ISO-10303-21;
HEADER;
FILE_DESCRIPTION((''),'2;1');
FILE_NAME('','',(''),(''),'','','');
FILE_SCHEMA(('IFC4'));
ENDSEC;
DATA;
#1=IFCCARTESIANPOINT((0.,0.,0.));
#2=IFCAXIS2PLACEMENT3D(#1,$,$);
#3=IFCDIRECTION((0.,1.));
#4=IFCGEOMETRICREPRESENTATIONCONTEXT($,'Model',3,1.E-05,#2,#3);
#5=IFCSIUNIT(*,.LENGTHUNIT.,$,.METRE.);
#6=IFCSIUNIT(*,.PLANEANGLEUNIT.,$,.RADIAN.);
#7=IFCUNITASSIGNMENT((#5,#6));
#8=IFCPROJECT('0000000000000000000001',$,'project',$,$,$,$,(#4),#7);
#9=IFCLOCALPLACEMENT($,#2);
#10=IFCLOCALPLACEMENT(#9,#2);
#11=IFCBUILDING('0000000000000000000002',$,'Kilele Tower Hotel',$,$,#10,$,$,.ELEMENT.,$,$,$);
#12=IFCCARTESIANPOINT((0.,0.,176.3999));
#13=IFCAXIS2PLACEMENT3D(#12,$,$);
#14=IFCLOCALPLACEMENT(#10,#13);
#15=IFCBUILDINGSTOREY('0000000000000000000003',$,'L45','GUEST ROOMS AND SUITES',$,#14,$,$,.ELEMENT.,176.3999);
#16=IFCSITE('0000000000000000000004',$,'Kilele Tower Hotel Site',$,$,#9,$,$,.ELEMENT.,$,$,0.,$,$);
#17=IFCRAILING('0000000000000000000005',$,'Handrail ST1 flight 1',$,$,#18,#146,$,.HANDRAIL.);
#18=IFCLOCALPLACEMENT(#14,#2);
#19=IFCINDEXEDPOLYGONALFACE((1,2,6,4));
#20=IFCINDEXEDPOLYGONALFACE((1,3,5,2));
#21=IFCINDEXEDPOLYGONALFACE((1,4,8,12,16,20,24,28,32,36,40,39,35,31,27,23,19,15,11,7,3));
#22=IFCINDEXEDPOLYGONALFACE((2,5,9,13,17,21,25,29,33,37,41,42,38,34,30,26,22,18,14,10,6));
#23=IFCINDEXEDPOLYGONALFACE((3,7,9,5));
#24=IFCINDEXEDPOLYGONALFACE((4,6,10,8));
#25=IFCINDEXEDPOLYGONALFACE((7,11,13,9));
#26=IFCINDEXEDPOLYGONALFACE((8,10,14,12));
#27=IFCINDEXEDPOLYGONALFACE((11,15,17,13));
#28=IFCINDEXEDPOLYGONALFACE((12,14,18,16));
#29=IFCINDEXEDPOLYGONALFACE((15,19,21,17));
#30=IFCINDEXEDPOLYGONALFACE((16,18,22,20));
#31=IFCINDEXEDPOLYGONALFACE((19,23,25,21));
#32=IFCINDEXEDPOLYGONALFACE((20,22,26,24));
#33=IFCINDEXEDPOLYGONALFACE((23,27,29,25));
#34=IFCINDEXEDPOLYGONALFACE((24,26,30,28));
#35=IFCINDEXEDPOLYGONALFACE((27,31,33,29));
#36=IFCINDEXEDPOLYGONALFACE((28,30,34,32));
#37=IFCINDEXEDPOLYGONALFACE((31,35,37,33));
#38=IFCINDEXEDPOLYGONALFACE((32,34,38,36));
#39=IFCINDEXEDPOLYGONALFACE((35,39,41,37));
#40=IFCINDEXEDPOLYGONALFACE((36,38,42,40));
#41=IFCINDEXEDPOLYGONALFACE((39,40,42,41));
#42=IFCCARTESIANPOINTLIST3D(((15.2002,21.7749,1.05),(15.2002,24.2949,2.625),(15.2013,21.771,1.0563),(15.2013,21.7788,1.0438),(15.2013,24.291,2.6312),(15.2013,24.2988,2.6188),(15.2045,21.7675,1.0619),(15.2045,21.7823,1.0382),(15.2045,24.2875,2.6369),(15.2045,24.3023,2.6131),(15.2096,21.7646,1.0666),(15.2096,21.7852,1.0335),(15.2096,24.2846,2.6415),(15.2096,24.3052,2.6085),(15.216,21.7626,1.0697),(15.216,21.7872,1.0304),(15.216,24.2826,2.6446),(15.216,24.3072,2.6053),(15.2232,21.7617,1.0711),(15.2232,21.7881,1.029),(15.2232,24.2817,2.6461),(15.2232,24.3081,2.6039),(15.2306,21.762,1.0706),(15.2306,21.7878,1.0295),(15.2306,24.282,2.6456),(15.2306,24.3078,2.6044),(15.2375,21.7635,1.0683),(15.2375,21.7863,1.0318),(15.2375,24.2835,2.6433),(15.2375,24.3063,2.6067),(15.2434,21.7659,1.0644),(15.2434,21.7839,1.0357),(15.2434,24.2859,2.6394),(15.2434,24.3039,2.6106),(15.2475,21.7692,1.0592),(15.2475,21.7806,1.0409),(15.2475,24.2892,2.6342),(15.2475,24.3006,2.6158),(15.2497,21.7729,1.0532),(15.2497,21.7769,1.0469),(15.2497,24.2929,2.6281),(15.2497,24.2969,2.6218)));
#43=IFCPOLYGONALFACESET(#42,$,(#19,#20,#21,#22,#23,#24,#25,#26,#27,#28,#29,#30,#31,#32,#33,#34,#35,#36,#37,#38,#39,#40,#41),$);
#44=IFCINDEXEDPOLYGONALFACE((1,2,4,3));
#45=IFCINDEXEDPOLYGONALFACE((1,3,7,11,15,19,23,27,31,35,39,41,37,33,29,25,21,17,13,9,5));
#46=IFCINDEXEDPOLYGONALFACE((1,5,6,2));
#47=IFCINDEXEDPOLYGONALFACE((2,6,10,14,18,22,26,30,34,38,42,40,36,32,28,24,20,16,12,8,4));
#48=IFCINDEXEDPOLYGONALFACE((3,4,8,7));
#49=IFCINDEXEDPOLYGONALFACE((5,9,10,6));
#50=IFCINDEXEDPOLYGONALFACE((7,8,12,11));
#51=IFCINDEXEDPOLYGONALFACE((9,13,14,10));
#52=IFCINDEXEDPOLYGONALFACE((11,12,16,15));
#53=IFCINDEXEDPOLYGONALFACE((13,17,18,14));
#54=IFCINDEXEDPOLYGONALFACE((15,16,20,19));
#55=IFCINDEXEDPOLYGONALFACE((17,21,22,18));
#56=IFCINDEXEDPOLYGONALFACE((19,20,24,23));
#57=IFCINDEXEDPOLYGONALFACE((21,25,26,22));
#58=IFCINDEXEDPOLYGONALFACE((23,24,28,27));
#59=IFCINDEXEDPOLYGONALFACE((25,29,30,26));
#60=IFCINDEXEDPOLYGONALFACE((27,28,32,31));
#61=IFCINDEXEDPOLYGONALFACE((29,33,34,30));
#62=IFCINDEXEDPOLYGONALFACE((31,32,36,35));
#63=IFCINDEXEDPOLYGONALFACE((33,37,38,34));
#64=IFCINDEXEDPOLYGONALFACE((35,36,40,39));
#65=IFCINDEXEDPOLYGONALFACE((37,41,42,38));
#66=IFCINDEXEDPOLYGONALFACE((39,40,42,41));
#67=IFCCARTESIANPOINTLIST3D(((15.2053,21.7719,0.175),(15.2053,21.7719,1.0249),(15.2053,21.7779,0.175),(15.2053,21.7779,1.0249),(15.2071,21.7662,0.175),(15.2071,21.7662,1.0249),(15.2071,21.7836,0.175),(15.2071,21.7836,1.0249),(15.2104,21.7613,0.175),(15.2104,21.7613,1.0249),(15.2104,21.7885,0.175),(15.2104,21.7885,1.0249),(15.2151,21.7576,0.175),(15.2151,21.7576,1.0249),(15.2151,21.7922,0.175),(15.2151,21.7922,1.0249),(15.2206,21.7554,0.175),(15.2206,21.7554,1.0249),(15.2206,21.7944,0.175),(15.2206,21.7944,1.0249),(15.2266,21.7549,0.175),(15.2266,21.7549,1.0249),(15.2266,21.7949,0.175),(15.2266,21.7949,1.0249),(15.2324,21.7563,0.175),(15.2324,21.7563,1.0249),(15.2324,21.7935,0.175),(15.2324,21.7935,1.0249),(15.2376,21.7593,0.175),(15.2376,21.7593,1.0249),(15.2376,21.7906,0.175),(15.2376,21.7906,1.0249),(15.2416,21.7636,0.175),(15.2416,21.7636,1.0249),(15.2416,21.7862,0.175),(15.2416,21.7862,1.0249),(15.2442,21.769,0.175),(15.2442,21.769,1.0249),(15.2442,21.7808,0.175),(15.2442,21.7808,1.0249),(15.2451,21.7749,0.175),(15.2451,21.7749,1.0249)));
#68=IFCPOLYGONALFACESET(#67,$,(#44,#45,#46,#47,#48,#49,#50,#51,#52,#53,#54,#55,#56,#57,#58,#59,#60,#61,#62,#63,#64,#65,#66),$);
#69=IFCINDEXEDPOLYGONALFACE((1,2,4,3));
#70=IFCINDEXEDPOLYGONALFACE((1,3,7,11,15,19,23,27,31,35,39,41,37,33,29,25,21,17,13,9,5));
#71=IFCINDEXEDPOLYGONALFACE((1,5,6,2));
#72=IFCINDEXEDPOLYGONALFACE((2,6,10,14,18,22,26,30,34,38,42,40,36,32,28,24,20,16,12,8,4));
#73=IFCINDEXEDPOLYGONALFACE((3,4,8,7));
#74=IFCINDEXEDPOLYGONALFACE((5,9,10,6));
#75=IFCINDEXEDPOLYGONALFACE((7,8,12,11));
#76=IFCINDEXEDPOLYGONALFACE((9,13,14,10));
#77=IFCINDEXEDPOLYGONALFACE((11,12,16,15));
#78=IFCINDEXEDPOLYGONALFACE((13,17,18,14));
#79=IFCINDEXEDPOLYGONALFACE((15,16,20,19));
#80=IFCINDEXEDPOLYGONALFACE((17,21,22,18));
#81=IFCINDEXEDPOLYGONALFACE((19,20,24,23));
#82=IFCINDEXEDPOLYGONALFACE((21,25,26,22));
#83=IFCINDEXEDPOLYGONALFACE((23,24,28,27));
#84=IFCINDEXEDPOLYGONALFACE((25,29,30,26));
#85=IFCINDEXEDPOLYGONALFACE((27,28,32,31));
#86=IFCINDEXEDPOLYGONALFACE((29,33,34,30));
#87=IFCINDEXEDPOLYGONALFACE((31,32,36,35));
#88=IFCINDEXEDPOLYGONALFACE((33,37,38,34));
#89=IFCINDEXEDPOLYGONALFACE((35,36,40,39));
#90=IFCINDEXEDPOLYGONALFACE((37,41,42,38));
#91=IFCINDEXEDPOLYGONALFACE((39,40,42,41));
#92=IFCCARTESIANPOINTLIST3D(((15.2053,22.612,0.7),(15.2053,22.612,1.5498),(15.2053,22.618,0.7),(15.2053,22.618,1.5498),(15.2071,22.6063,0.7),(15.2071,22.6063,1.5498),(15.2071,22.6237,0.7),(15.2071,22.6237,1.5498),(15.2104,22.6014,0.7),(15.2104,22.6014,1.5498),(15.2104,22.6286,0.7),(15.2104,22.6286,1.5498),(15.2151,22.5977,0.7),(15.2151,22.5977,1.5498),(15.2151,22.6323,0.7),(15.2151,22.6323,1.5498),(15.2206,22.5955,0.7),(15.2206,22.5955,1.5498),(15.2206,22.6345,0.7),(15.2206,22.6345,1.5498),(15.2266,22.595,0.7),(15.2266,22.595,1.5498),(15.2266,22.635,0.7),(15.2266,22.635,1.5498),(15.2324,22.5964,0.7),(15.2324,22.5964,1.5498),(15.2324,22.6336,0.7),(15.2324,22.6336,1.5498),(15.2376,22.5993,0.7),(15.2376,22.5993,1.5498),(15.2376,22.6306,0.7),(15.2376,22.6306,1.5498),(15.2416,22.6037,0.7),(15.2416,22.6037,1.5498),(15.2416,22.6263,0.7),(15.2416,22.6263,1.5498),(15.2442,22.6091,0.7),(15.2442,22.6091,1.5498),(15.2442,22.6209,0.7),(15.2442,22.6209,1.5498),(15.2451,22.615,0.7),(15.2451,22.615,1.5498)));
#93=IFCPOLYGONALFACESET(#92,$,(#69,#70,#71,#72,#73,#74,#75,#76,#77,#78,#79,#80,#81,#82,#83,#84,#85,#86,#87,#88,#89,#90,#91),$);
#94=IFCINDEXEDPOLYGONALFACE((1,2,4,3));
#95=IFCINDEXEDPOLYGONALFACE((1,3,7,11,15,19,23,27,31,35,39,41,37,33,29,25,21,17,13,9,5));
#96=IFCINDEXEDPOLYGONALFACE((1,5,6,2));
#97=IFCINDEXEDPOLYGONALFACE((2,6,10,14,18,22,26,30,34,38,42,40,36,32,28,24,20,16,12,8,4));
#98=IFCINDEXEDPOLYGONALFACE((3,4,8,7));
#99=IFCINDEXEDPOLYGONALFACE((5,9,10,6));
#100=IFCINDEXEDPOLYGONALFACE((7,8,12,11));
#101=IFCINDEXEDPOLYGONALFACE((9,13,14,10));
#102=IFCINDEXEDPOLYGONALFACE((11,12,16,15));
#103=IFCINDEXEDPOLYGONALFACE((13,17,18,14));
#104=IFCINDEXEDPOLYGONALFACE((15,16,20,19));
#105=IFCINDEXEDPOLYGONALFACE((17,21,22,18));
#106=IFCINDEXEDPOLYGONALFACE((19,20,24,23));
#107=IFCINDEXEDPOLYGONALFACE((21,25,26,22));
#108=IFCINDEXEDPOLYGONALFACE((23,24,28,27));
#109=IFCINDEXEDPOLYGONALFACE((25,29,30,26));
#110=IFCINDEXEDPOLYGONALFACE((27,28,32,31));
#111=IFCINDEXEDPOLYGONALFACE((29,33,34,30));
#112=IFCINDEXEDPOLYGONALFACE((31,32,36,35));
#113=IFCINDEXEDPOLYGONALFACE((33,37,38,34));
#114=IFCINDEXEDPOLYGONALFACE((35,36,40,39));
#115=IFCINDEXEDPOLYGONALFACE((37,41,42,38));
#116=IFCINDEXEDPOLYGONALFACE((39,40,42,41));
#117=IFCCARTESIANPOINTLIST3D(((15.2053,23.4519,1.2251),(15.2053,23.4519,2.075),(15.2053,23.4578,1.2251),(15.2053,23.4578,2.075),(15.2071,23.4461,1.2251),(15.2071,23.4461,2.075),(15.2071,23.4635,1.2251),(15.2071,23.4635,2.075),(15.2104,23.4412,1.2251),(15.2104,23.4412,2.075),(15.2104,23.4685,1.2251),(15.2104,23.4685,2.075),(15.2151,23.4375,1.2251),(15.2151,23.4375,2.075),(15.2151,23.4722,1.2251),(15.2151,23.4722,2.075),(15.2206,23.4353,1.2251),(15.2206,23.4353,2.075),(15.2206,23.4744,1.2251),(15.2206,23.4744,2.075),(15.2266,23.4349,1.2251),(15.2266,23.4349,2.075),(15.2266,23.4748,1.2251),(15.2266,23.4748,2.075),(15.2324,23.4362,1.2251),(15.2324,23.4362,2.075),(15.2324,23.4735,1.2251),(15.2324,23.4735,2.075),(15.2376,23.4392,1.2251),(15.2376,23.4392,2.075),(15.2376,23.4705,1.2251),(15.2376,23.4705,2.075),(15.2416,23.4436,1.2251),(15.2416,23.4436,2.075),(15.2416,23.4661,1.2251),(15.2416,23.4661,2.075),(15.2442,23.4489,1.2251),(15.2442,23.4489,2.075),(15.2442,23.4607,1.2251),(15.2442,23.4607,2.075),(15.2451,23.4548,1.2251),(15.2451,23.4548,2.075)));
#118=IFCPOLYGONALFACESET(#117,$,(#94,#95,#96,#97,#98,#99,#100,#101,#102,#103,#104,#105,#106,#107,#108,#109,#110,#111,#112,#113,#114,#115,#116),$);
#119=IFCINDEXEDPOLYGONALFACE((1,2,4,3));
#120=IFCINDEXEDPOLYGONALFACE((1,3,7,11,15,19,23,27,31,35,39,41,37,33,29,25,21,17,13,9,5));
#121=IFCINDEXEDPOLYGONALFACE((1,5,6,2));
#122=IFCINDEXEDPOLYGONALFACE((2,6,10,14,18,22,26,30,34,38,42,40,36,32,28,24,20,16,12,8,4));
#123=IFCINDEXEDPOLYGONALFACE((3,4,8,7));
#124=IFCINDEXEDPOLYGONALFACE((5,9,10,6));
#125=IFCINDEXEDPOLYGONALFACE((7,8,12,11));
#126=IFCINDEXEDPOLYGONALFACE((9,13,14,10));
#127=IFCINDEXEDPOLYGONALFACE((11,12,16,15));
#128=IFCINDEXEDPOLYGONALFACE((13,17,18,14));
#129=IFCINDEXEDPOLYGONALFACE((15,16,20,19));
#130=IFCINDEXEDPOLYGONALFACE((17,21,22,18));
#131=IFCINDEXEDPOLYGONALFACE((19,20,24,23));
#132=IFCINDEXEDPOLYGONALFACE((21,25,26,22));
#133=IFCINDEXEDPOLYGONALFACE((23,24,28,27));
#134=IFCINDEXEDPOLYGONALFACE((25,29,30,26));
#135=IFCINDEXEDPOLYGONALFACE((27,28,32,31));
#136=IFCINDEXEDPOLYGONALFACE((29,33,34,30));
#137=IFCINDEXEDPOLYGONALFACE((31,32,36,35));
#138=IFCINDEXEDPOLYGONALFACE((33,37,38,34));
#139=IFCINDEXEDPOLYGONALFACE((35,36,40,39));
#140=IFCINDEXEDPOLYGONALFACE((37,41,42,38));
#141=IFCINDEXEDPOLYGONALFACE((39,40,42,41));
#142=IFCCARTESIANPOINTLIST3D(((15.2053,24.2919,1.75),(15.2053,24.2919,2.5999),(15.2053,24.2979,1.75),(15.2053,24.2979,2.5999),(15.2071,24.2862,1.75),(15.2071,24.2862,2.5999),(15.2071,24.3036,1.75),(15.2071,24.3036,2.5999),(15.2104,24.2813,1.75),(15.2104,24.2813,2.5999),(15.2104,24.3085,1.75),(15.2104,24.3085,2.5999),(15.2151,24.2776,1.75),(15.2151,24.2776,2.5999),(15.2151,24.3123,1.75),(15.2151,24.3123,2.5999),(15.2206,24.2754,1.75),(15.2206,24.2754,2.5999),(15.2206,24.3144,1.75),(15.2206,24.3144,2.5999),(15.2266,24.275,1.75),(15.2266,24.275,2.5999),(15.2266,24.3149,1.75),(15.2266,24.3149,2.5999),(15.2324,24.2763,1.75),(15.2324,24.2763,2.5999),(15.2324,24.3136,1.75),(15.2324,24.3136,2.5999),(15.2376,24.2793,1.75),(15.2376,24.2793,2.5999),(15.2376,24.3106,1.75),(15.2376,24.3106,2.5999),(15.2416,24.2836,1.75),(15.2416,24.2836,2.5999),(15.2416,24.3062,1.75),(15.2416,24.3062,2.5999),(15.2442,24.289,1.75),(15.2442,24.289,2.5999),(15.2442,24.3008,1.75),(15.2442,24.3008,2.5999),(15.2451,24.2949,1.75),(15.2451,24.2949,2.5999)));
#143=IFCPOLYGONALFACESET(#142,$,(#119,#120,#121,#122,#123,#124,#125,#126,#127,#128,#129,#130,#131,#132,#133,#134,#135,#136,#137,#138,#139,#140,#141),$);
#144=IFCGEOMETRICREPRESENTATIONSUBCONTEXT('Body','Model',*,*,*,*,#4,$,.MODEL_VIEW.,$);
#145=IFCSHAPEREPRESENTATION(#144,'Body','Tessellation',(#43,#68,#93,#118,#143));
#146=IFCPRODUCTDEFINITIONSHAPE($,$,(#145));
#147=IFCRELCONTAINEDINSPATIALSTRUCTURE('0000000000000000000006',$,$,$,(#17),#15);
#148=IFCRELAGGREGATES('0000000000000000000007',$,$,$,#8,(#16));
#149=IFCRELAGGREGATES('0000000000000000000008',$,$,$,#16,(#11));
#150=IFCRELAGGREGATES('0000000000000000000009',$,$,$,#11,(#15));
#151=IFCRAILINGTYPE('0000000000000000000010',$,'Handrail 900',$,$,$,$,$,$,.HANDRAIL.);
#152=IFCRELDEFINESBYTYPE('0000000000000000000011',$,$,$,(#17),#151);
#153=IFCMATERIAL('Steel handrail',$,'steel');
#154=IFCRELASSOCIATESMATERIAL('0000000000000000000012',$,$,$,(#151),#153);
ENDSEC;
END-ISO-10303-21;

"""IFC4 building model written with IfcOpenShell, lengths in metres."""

from ifc_helpers import new_model, si_unit, direction, frame, origin, origin_2d, place, context, subcontext, project, spatial, circle, extrude, material, type_object, element, save


model = new_model("IFC4")

# Units and contexts
model_context = context("Model", 3, precision=1e-05, world=origin(), true_north=direction((0.0, 1.0)))
body_context = subcontext(model_context, "Body", "Model", "MODEL_VIEW")
ifc_project = project(units=[si_unit("LENGTHUNIT", "METRE"), si_unit("PLANEANGLEUNIT", "RADIAN")], contexts=[model_context])

# Site, building, storey
site_placement = place(None, origin())
site = spatial("IfcSite", under=ifc_project, at=site_placement, Name="Kilele Tower Hotel Site", CompositionType="ELEMENT", RefElevation=0.0)
building_placement = place(site_placement, origin())
building = spatial("IfcBuilding", under=site, at=building_placement, Name="Kilele Tower Hotel", CompositionType="ELEMENT")
storey_placement = place(building_placement, frame((0.0, 0.0, 176.3999)))
storey = spatial("IfcBuildingStorey", under=building, at=storey_placement, Name="L45", Description="GUEST ROOMS AND SUITES", CompositionType="ELEMENT", Elevation=176.3999)

# Railing
ifc_material_1 = material(Name="Steel handrail", Category="steel")
railing_type_1 = type_object("IfcRailingType", Name="Handrail 900", PredefinedType="HANDRAIL", material=ifc_material_1)
for number, where, name in (
    (1, (15.2251, 21.7749, 0.175), "Handrail ST1 flight 1"),
):
    element("IfcRailing", number, at=place(storey_placement, frame(where)), inside=storey, type_object=railing_type_1, Name=name, PredefinedType="HANDRAIL", context=body_context, shape_type="SweptSolid", body=[
        extrude(circle(Radius=0.0249, at=origin_2d()), frame((0.0, 0.0, 0.875), z_axis=(0.0, 0.848008, 0.529984), x_axis=(-1.0, 0.0, 0.0)), (0.0, 0.0, 1.0), 2.9717),
        extrude(circle(Radius=0.02, at=origin_2d()), origin(), (0.0, 0.0, 1.0), 0.8499),
        extrude(circle(Radius=0.02, at=origin_2d()), frame((0.0, 0.8401, 0.5249)), (0.0, 0.0, 1.0), 0.8499),
        extrude(circle(Radius=0.02, at=origin_2d()), frame((0.0, 1.6799, 1.05)), (0.0, 0.0, 1.0), 0.8499),
        extrude(circle(Radius=0.02, at=origin_2d()), frame((0.0, 2.52, 1.575)), (0.0, 0.0, 1.0), 0.8499),
    ])

save(model, "model.ifc")
